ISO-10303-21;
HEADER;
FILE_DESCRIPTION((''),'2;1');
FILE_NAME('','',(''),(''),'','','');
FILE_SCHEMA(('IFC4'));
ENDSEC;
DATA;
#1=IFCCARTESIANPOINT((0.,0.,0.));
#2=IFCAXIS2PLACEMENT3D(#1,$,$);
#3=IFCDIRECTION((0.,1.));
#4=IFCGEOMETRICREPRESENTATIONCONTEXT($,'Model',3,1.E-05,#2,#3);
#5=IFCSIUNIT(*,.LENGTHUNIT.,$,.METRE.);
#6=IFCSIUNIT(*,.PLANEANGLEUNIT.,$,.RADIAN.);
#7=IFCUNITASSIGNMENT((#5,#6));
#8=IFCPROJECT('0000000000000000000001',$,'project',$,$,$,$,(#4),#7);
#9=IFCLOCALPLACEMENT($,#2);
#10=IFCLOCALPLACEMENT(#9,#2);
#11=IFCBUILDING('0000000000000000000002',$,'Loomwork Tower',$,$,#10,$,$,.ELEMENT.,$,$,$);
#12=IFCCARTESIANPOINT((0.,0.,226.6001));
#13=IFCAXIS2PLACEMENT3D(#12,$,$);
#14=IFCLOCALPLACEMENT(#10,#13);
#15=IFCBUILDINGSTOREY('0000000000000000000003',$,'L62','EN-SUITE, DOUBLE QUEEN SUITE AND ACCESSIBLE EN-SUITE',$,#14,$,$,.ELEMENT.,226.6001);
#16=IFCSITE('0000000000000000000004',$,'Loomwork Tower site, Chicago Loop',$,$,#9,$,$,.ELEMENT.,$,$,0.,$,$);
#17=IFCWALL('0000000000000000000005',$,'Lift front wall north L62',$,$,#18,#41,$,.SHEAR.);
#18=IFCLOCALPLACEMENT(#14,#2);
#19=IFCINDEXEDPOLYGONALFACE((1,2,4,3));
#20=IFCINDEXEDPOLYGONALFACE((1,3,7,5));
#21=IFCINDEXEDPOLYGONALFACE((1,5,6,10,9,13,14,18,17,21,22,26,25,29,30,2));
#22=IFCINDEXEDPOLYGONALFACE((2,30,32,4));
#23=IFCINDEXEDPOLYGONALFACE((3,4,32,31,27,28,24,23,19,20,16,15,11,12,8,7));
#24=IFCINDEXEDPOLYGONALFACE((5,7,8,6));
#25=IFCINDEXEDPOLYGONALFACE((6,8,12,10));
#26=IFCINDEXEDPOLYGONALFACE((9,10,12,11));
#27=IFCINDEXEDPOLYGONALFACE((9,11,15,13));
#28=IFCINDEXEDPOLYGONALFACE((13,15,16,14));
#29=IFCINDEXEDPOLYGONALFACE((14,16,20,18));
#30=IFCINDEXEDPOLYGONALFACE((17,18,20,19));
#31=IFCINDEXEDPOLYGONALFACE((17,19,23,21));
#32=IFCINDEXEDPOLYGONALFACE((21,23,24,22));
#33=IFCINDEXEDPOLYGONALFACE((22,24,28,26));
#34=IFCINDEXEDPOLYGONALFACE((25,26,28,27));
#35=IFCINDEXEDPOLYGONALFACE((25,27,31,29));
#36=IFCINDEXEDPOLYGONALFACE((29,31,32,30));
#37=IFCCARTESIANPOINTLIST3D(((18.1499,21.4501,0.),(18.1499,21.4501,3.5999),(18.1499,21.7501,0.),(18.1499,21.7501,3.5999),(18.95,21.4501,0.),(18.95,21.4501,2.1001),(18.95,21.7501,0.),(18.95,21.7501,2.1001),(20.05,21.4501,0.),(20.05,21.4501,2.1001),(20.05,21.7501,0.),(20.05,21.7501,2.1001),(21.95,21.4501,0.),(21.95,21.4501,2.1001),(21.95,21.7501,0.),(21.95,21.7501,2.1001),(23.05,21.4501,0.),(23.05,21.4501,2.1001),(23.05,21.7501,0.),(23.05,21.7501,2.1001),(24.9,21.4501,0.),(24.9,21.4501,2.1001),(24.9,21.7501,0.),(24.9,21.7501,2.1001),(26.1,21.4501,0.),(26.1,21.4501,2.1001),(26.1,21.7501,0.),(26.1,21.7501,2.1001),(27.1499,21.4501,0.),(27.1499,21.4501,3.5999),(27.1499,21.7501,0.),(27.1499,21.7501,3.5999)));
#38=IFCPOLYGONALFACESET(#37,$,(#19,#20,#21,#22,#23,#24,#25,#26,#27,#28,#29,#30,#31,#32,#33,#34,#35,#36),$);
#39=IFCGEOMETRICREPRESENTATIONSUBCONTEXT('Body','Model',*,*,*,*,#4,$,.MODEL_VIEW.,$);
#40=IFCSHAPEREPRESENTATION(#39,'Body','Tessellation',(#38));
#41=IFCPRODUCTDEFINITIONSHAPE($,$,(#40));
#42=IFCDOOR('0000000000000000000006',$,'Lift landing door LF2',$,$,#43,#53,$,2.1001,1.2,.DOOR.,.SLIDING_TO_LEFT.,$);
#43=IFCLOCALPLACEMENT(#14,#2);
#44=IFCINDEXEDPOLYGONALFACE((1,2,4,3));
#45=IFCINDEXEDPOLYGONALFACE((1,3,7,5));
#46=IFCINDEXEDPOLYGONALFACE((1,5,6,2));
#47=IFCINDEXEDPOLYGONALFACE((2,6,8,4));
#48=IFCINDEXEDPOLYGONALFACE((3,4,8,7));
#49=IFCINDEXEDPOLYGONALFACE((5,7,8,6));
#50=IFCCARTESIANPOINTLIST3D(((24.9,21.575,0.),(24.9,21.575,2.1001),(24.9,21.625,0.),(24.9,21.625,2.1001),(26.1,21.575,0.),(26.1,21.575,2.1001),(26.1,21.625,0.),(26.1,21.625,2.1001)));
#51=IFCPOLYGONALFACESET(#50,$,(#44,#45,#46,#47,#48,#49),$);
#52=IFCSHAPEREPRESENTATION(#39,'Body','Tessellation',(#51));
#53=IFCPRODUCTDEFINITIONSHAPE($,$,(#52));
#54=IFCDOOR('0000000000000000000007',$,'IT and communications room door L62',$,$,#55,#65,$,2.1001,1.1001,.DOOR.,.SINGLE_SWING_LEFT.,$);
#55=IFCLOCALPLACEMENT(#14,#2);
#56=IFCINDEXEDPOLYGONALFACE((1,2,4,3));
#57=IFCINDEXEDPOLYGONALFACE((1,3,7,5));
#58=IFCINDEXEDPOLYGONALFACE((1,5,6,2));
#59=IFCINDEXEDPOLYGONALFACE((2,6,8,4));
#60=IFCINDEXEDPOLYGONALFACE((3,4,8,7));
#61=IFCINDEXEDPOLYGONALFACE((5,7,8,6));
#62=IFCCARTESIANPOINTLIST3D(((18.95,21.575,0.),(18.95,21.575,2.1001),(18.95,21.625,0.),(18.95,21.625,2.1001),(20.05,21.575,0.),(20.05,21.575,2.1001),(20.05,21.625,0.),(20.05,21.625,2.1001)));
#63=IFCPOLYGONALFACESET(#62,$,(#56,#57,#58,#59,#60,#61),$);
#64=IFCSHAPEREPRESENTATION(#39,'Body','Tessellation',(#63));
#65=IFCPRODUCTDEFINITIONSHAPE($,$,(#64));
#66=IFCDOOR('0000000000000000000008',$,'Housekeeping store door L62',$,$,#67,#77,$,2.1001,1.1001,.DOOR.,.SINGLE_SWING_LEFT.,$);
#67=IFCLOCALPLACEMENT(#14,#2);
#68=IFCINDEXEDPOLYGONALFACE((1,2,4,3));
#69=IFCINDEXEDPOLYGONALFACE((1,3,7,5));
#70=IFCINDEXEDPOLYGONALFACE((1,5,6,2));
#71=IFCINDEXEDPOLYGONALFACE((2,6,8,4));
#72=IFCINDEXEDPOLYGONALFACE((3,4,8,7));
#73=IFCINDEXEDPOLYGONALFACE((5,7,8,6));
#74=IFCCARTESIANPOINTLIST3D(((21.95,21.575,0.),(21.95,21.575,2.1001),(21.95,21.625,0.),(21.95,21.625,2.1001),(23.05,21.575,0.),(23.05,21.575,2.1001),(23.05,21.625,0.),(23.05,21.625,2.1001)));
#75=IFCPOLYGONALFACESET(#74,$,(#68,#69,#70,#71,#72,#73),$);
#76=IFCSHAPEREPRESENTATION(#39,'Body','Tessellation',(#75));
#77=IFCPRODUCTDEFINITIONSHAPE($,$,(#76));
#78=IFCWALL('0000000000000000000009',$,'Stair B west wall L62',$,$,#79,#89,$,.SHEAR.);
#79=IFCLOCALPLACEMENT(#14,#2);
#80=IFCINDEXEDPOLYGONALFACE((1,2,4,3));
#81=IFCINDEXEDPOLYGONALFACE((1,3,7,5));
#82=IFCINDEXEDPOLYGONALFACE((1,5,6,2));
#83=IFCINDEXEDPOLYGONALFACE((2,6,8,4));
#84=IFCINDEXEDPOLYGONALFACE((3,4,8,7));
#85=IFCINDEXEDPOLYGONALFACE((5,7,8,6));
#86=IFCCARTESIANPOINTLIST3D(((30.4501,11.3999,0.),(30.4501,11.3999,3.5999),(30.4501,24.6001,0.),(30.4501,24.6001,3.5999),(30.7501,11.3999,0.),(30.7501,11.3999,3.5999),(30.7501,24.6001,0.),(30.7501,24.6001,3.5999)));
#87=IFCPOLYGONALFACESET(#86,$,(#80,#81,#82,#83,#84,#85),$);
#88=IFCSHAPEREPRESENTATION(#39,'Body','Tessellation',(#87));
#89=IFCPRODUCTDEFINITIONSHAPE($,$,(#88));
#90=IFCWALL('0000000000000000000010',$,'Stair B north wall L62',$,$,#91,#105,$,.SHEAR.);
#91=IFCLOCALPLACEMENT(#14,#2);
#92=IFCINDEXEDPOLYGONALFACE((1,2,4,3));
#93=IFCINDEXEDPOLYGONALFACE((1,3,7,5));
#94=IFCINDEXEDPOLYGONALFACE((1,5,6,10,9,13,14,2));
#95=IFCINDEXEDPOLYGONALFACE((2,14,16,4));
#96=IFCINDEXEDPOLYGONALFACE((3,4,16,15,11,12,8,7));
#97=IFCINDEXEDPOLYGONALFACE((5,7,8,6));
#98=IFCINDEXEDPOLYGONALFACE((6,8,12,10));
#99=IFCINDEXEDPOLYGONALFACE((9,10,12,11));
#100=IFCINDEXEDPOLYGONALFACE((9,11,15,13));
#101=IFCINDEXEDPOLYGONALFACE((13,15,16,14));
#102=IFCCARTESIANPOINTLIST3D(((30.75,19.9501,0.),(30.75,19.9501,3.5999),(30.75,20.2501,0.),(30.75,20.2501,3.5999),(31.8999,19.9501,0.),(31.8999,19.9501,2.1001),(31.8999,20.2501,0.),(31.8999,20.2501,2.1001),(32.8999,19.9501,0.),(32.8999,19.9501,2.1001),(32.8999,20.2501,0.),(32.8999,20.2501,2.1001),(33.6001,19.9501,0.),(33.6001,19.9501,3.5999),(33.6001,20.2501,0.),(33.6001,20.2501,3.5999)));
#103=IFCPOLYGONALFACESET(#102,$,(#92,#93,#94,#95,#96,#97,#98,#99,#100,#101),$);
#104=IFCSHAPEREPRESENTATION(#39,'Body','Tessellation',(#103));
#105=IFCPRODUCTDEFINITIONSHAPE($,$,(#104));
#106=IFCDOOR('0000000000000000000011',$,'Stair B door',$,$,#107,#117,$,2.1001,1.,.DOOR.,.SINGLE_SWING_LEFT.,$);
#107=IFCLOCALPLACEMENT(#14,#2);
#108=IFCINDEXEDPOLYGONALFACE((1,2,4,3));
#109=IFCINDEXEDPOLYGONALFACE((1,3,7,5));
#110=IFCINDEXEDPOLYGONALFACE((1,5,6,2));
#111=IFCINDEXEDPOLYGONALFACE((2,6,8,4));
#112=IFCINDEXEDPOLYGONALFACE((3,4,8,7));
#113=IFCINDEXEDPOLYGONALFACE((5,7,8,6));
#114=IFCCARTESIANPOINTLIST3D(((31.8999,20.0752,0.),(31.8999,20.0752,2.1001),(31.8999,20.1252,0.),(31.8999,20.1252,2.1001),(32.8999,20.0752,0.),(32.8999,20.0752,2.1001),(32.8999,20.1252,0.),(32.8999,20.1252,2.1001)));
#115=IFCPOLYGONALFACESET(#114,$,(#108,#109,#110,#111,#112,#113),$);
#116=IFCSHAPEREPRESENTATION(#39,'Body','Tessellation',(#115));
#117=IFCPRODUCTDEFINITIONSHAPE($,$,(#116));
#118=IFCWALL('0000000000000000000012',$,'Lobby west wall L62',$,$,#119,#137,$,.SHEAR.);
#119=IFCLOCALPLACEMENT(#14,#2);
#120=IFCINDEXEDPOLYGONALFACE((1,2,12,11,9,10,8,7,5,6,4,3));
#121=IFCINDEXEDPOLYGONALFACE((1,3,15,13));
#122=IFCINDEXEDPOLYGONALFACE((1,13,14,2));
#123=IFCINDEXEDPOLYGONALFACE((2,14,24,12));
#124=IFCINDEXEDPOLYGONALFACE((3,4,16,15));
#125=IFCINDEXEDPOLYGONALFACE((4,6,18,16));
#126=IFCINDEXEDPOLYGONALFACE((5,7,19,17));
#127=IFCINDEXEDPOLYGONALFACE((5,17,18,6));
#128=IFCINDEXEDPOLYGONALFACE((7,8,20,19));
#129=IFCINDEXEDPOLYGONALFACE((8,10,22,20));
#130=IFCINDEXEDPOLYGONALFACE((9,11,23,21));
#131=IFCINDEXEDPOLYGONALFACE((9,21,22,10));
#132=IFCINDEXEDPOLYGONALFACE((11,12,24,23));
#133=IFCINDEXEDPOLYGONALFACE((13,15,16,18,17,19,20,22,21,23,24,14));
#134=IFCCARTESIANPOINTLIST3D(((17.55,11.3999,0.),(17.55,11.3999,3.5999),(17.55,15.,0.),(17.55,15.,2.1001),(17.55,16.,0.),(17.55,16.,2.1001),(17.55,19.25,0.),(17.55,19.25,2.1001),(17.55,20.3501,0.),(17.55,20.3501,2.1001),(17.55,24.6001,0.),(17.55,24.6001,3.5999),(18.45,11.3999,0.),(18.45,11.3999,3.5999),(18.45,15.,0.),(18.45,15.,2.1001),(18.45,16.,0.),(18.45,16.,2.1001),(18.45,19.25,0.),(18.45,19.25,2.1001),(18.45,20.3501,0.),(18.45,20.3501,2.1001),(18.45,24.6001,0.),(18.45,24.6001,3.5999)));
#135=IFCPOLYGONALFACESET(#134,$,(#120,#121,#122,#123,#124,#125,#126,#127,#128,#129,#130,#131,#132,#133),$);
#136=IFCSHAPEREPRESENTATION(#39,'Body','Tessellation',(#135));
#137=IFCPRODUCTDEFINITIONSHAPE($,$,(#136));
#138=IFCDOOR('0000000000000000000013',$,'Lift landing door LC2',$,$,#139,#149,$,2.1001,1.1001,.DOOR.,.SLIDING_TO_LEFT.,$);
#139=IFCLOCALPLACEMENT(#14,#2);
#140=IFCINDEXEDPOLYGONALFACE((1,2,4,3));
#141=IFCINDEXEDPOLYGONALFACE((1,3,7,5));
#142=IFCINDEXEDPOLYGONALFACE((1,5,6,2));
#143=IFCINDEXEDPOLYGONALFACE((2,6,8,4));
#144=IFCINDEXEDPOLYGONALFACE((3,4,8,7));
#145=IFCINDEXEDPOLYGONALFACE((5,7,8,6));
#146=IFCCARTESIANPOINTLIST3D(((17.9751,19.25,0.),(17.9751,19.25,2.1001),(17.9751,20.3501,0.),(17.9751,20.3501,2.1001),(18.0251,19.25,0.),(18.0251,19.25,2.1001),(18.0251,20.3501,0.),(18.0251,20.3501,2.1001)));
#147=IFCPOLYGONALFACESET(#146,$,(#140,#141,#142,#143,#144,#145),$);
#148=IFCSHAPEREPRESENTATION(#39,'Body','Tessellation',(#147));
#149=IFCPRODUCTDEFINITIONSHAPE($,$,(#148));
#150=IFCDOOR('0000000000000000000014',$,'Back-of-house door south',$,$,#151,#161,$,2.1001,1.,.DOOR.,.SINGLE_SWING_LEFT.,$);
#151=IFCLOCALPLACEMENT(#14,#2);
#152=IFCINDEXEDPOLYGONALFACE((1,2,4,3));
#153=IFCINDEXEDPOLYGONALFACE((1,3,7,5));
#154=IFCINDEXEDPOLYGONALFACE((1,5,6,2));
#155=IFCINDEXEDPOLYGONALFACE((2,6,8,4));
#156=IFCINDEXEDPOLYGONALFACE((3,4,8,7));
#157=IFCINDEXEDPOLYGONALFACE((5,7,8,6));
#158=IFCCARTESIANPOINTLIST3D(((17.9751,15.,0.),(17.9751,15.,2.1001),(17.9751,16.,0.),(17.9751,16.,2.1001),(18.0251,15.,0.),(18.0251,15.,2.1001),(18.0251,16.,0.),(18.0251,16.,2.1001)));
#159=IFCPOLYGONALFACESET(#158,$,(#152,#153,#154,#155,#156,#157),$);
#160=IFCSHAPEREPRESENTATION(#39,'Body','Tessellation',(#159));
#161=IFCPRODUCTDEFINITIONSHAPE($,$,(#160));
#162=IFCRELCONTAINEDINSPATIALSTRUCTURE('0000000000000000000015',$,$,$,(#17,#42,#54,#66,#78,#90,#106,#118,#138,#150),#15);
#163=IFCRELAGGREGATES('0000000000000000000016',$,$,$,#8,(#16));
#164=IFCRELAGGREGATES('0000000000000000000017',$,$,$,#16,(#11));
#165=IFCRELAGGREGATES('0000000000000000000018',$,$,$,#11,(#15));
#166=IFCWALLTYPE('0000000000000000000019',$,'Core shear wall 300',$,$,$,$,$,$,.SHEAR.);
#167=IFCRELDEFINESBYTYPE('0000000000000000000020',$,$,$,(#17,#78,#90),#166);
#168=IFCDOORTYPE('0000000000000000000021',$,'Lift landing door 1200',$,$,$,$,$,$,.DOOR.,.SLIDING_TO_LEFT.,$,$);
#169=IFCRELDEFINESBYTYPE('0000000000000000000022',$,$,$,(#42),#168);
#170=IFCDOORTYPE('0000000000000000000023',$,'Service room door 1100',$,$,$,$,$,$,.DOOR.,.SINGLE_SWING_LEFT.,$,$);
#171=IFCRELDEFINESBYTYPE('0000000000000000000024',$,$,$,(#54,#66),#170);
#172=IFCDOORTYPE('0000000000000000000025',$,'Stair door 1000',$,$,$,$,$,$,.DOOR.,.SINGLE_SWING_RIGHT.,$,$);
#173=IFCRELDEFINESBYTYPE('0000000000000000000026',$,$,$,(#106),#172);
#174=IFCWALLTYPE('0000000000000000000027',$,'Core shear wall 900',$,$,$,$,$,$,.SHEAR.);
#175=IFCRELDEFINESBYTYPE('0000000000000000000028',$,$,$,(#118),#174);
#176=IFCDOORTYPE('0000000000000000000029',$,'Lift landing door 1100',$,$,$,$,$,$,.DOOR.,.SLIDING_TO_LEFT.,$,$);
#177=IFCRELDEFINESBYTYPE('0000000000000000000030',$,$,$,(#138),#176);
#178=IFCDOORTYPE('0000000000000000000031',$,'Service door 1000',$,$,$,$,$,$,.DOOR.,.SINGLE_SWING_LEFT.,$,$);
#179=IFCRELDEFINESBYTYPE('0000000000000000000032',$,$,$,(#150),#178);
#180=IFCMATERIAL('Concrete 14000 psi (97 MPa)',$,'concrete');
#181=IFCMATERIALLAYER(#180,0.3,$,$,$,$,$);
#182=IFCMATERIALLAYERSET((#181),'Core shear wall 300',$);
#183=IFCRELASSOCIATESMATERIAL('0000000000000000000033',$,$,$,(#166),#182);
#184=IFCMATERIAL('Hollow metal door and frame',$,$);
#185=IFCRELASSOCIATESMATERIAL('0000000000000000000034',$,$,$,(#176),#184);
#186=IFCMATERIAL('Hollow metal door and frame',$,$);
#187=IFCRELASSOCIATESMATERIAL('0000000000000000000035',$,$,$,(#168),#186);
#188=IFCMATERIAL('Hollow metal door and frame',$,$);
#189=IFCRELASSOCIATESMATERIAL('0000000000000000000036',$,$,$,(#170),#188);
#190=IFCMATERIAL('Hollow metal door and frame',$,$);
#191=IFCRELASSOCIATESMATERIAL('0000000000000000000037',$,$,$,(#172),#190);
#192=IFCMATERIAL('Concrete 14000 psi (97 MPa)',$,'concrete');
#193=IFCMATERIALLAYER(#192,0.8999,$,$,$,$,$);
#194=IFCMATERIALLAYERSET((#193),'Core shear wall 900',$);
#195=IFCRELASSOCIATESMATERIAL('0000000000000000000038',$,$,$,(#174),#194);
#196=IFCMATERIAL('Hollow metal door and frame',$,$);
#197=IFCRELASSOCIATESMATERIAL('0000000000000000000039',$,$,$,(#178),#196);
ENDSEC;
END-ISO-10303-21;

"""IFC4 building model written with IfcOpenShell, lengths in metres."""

from ifc_helpers import new_model, si_unit, direction, frame, frame_2d, origin, place, context, subcontext, project, spatial, rectangle, extrude, material, layer, layer_set, type_object, element, fill, save


model = new_model("IFC4")

# Units and contexts
model_context = context("Model", 3, precision=1e-05, world=origin(), true_north=direction((0.0, 1.0)))
body_context = subcontext(model_context, "Body", "Model", "MODEL_VIEW")
ifc_project = project(units=[si_unit("LENGTHUNIT", "METRE"), si_unit("PLANEANGLEUNIT", "RADIAN")], contexts=[model_context])

# Site, building, storey
site_placement = place(None, origin())
site = spatial("IfcSite", under=ifc_project, at=site_placement, Name="Loomwork Tower site, Chicago Loop", CompositionType="ELEMENT", RefElevation=0.0)
building_placement = place(site_placement, origin())
building = spatial("IfcBuilding", under=site, at=building_placement, Name="Loomwork Tower", CompositionType="ELEMENT")
storey_placement = place(building_placement, frame((0.0, 0.0, 226.6001)))
storey = spatial("IfcBuildingStorey", under=building, at=storey_placement, Name="L62", Description="EN-SUITE, DOUBLE QUEEN SUITE AND ACCESSIBLE EN-SUITE", CompositionType="ELEMENT", Elevation=226.6001)

# Wall, openings, doors
ifc_material_1 = material(Name="Concrete 14000 psi (97 MPa)", Category="concrete")
ifc_layer_1 = layer(ifc_material_1, 0.3)
ifc_layer_set_1 = layer_set([ifc_layer_1], Name="Core shear wall 300")
wall_type_1 = type_object("IfcWallType", Name="Core shear wall 300", PredefinedType="SHEAR", material=ifc_layer_set_1)
ifc_material_2 = material(Name="Hollow metal door and frame")
door_type_1 = type_object("IfcDoorType", Name="Lift landing door 1100", OperationType="SLIDING_TO_LEFT", PredefinedType="DOOR", material=ifc_material_2)
ifc_material_3 = material(Name="Hollow metal door and frame")
door_type_2 = type_object("IfcDoorType", Name="Lift landing door 1200", OperationType="SLIDING_TO_LEFT", PredefinedType="DOOR", material=ifc_material_3)
ifc_material_4 = material(Name="Hollow metal door and frame")
door_type_3 = type_object("IfcDoorType", Name="Service room door 1100", OperationType="SINGLE_SWING_LEFT", PredefinedType="DOOR", material=ifc_material_4)
wall_1_placement = place(storey_placement, frame((18.1499, 21.6001, 0.0), z_axis=(0.0, 0.0, 1.0), x_axis=(1.0, 0.0, 0.0)))
wall_1 = element("IfcWall", 1, at=wall_1_placement, inside=storey, type_object=wall_type_1, Name="Lift front wall north L62", PredefinedType="SHEAR", context=body_context, shape_type="SweptSolid", body=[
    extrude(rectangle(XDim=9.0, YDim=0.3, at=frame_2d((4.5, 0.0))), origin(), (0.0, 0.0, 1.0), 3.5999),
])
opening_1_placement = place(wall_1_placement, frame((6.75, 0.0, 0.0)))
opening_1 = element("IfcOpeningElement", 2, at=opening_1_placement, cuts=wall_1, PredefinedType="OPENING", context=body_context, shape_type="SweptSolid", body=[
    extrude(rectangle(XDim=1.2, YDim=2.1001, at=frame_2d((0.6001, 1.05))), frame((0.0, 0.1599, 0.0), z_axis=(0.0, -1.0, 0.0), x_axis=(1.0, 0.0, 0.0)), (0.0, 0.0, 1.0), 0.3201),
])
opening_2_placement = place(wall_1_placement, frame((0.8, 0.0, 0.0)))
opening_2 = element("IfcOpeningElement", 3, at=opening_2_placement, cuts=wall_1, PredefinedType="OPENING", context=body_context, shape_type="SweptSolid", body=[
    extrude(rectangle(XDim=1.1001, YDim=2.1001, at=frame_2d((0.55, 1.05))), frame((0.0, 0.1599, 0.0), z_axis=(0.0, -1.0, 0.0), x_axis=(1.0, 0.0, 0.0)), (0.0, 0.0, 1.0), 0.3201),
])
opening_3_placement = place(wall_1_placement, frame((3.8, 0.0, 0.0)))
opening_3 = element("IfcOpeningElement", 4, at=opening_3_placement, cuts=wall_1, PredefinedType="OPENING", context=body_context, shape_type="SweptSolid", body=[
    extrude(rectangle(XDim=1.1001, YDim=2.1001, at=frame_2d((0.55, 1.05))), frame((0.0, 0.1599, 0.0), z_axis=(0.0, -1.0, 0.0), x_axis=(1.0, 0.0, 0.0)), (0.0, 0.0, 1.0), 0.3201),
])
door_1_placement = place(opening_1_placement, origin())
door_1 = element("IfcDoor", 5, at=door_1_placement, inside=storey, type_object=door_type_2, Name="Lift landing door LF2", OperationType="SLIDING_TO_LEFT", OverallHeight=2.1001, OverallWidth=1.2, PredefinedType="DOOR", context=body_context, shape_type="SweptSolid", body=[
    extrude(rectangle(XDim=1.2, YDim=2.1001, at=frame_2d((0.6001, 1.05))), frame((0.0, 0.0249, 0.0), z_axis=(0.0, -1.0, 0.0), x_axis=(1.0, 0.0, 0.0)), (0.0, 0.0, 1.0), 0.05),
])
fill(opening_1, door_1)
door_2_placement = place(opening_2_placement, origin())
door_2 = element("IfcDoor", 6, at=door_2_placement, inside=storey, type_object=door_type_3, Name="IT and communications room door L62", OperationType="SINGLE_SWING_LEFT", OverallHeight=2.1001, OverallWidth=1.1001, PredefinedType="DOOR", context=body_context, shape_type="SweptSolid", body=[
    extrude(rectangle(XDim=1.1001, YDim=2.1001, at=frame_2d((0.55, 1.05))), frame((0.0, 0.0249, 0.0), z_axis=(0.0, -1.0, 0.0), x_axis=(1.0, 0.0, 0.0)), (0.0, 0.0, 1.0), 0.05),
])
fill(opening_2, door_2)
door_3_placement = place(opening_3_placement, origin())
door_3 = element("IfcDoor", 7, at=door_3_placement, inside=storey, type_object=door_type_3, Name="Housekeeping store door L62", OperationType="SINGLE_SWING_LEFT", OverallHeight=2.1001, OverallWidth=1.1001, PredefinedType="DOOR", context=body_context, shape_type="SweptSolid", body=[
    extrude(rectangle(XDim=1.1001, YDim=2.1001, at=frame_2d((0.55, 1.05))), frame((0.0, 0.0249, 0.0), z_axis=(0.0, -1.0, 0.0), x_axis=(1.0, 0.0, 0.0)), (0.0, 0.0, 1.0), 0.05),
])
fill(opening_3, door_3)

# Wall
wall_2_placement = place(storey_placement, frame((30.6001, 11.3999, 0.0), z_axis=(0.0, 0.0, 1.0), x_axis=(0.0, 1.0, 0.0)))
element("IfcWall", 8, at=wall_2_placement, inside=storey, type_object=wall_type_1, Name="Stair B west wall L62", PredefinedType="SHEAR", context=body_context, shape_type="SweptSolid", body=[
    extrude(rectangle(XDim=13.2002, YDim=0.3, at=frame_2d((6.6001, 0.0))), origin(), (0.0, 0.0, 1.0), 3.5999),
])

# Wall, opening, door
wall_3_placement = place(storey_placement, frame((30.75, 20.1001, 0.0), z_axis=(0.0, 0.0, 1.0), x_axis=(1.0, 0.0, 0.0)))
wall_3 = element("IfcWall", 9, at=wall_3_placement, inside=storey, type_object=wall_type_1, Name="Stair B north wall L62", PredefinedType="SHEAR", context=body_context, shape_type="SweptSolid", body=[
    extrude(rectangle(XDim=2.8501, YDim=0.3, at=frame_2d((1.425, 0.0))), origin(), (0.0, 0.0, 1.0), 3.5999),
])
opening_4_placement = place(wall_3_placement, frame((1.1499, 0.0, 0.0)))
opening_4 = element("IfcOpeningElement", 10, at=opening_4_placement, cuts=wall_3, PredefinedType="OPENING", context=body_context, shape_type="SweptSolid", body=[
    extrude(rectangle(XDim=1.0, YDim=2.1001, at=frame_2d((0.5, 1.05))), frame((0.0, 0.1599, 0.0), z_axis=(0.0, -1.0, 0.0), x_axis=(1.0, 0.0, 0.0)), (0.0, 0.0, 1.0), 0.3201),
])
ifc_material_5 = material(Name="Hollow metal door and frame")
door_type_4 = type_object("IfcDoorType", Name="Stair door 1000", OperationType="SINGLE_SWING_RIGHT", PredefinedType="DOOR", material=ifc_material_5)
door_4_placement = place(opening_4_placement, frame((1.0, 0.0, 0.0), z_axis=(0.0, 0.0, 1.0), x_axis=(-1.0, 0.0, 0.0)))
door_4 = element("IfcDoor", 11, at=door_4_placement, inside=storey, type_object=door_type_4, Name="Stair B door", OperationType="SINGLE_SWING_LEFT", OverallHeight=2.1001, OverallWidth=1.0, PredefinedType="DOOR", context=body_context, shape_type="SweptSolid", body=[
    extrude(rectangle(XDim=1.0, YDim=2.1001, at=frame_2d((0.5, 1.05))), frame((0.0, 0.0249, 0.0), z_axis=(0.0, -1.0, 0.0), x_axis=(1.0, 0.0, 0.0)), (0.0, 0.0, 1.0), 0.05),
])
fill(opening_4, door_4)

# Wall, openings, doors
ifc_material_6 = material(Name="Concrete 14000 psi (97 MPa)", Category="concrete")
ifc_layer_2 = layer(ifc_material_6, 0.8999)
ifc_layer_set_2 = layer_set([ifc_layer_2], Name="Core shear wall 900")
wall_type_2 = type_object("IfcWallType", Name="Core shear wall 900", PredefinedType="SHEAR", material=ifc_layer_set_2)
wall_4_placement = place(storey_placement, frame((18.0, 11.3999, 0.0), z_axis=(0.0, 0.0, 1.0), x_axis=(0.0, 1.0, 0.0)))
wall_4 = element("IfcWall", 12, at=wall_4_placement, inside=storey, type_object=wall_type_2, Name="Lobby west wall L62", PredefinedType="SHEAR", context=body_context, shape_type="SweptSolid", body=[
    extrude(rectangle(XDim=13.2002, YDim=0.8999, at=frame_2d((6.6001, 0.0))), origin(), (0.0, 0.0, 1.0), 3.5999),
])
opening_5_placement = place(wall_4_placement, frame((3.6001, 0.0, 0.0)))
opening_5 = element("IfcOpeningElement", 13, at=opening_5_placement, cuts=wall_4, PredefinedType="OPENING", context=body_context, shape_type="SweptSolid", body=[
    extrude(rectangle(XDim=1.0, YDim=2.1001, at=frame_2d((0.5, 1.05))), frame((0.0, 0.46, 0.0), z_axis=(0.0, -1.0, 0.0), x_axis=(1.0, 0.0, 0.0)), (0.0, 0.0, 1.0), 0.9199),
])
opening_6_placement = place(wall_4_placement, frame((7.8501, 0.0, 0.0)))
opening_6 = element("IfcOpeningElement", 14, at=opening_6_placement, cuts=wall_4, PredefinedType="OPENING", context=body_context, shape_type="SweptSolid", body=[
    extrude(rectangle(XDim=1.1001, YDim=2.1001, at=frame_2d((0.55, 1.05))), frame((0.0, 0.46, 0.0), z_axis=(0.0, -1.0, 0.0), x_axis=(1.0, 0.0, 0.0)), (0.0, 0.0, 1.0), 0.9199),
])
door_5_placement = place(opening_6_placement, origin())
door_5 = element("IfcDoor", 15, at=door_5_placement, inside=storey, type_object=door_type_1, Name="Lift landing door LC2", OperationType="SLIDING_TO_LEFT", OverallHeight=2.1001, OverallWidth=1.1001, PredefinedType="DOOR", context=body_context, shape_type="SweptSolid", body=[
    extrude(rectangle(XDim=1.1001, YDim=2.1001, at=frame_2d((0.55, 1.05))), frame((0.0, 0.0249, 0.0), z_axis=(0.0, -1.0, 0.0), x_axis=(1.0, 0.0, 0.0)), (0.0, 0.0, 1.0), 0.05),
])
fill(opening_6, door_5)
ifc_material_7 = material(Name="Hollow metal door and frame")
door_type_5 = type_object("IfcDoorType", Name="Service door 1000", OperationType="SINGLE_SWING_LEFT", PredefinedType="DOOR", material=ifc_material_7)
door_6_placement = place(opening_5_placement, origin())
door_6 = element("IfcDoor", 16, at=door_6_placement, inside=storey, type_object=door_type_5, Name="Back-of-house door south", OperationType="SINGLE_SWING_LEFT", OverallHeight=2.1001, OverallWidth=1.0, PredefinedType="DOOR", context=body_context, shape_type="SweptSolid", body=[
    extrude(rectangle(XDim=1.0, YDim=2.1001, at=frame_2d((0.5, 1.05))), frame((0.0, 0.0249, 0.0), z_axis=(0.0, -1.0, 0.0), x_axis=(1.0, 0.0, 0.0)), (0.0, 0.0, 1.0), 0.05),
])
fill(opening_5, door_6)

save(model, "model.ifc")
